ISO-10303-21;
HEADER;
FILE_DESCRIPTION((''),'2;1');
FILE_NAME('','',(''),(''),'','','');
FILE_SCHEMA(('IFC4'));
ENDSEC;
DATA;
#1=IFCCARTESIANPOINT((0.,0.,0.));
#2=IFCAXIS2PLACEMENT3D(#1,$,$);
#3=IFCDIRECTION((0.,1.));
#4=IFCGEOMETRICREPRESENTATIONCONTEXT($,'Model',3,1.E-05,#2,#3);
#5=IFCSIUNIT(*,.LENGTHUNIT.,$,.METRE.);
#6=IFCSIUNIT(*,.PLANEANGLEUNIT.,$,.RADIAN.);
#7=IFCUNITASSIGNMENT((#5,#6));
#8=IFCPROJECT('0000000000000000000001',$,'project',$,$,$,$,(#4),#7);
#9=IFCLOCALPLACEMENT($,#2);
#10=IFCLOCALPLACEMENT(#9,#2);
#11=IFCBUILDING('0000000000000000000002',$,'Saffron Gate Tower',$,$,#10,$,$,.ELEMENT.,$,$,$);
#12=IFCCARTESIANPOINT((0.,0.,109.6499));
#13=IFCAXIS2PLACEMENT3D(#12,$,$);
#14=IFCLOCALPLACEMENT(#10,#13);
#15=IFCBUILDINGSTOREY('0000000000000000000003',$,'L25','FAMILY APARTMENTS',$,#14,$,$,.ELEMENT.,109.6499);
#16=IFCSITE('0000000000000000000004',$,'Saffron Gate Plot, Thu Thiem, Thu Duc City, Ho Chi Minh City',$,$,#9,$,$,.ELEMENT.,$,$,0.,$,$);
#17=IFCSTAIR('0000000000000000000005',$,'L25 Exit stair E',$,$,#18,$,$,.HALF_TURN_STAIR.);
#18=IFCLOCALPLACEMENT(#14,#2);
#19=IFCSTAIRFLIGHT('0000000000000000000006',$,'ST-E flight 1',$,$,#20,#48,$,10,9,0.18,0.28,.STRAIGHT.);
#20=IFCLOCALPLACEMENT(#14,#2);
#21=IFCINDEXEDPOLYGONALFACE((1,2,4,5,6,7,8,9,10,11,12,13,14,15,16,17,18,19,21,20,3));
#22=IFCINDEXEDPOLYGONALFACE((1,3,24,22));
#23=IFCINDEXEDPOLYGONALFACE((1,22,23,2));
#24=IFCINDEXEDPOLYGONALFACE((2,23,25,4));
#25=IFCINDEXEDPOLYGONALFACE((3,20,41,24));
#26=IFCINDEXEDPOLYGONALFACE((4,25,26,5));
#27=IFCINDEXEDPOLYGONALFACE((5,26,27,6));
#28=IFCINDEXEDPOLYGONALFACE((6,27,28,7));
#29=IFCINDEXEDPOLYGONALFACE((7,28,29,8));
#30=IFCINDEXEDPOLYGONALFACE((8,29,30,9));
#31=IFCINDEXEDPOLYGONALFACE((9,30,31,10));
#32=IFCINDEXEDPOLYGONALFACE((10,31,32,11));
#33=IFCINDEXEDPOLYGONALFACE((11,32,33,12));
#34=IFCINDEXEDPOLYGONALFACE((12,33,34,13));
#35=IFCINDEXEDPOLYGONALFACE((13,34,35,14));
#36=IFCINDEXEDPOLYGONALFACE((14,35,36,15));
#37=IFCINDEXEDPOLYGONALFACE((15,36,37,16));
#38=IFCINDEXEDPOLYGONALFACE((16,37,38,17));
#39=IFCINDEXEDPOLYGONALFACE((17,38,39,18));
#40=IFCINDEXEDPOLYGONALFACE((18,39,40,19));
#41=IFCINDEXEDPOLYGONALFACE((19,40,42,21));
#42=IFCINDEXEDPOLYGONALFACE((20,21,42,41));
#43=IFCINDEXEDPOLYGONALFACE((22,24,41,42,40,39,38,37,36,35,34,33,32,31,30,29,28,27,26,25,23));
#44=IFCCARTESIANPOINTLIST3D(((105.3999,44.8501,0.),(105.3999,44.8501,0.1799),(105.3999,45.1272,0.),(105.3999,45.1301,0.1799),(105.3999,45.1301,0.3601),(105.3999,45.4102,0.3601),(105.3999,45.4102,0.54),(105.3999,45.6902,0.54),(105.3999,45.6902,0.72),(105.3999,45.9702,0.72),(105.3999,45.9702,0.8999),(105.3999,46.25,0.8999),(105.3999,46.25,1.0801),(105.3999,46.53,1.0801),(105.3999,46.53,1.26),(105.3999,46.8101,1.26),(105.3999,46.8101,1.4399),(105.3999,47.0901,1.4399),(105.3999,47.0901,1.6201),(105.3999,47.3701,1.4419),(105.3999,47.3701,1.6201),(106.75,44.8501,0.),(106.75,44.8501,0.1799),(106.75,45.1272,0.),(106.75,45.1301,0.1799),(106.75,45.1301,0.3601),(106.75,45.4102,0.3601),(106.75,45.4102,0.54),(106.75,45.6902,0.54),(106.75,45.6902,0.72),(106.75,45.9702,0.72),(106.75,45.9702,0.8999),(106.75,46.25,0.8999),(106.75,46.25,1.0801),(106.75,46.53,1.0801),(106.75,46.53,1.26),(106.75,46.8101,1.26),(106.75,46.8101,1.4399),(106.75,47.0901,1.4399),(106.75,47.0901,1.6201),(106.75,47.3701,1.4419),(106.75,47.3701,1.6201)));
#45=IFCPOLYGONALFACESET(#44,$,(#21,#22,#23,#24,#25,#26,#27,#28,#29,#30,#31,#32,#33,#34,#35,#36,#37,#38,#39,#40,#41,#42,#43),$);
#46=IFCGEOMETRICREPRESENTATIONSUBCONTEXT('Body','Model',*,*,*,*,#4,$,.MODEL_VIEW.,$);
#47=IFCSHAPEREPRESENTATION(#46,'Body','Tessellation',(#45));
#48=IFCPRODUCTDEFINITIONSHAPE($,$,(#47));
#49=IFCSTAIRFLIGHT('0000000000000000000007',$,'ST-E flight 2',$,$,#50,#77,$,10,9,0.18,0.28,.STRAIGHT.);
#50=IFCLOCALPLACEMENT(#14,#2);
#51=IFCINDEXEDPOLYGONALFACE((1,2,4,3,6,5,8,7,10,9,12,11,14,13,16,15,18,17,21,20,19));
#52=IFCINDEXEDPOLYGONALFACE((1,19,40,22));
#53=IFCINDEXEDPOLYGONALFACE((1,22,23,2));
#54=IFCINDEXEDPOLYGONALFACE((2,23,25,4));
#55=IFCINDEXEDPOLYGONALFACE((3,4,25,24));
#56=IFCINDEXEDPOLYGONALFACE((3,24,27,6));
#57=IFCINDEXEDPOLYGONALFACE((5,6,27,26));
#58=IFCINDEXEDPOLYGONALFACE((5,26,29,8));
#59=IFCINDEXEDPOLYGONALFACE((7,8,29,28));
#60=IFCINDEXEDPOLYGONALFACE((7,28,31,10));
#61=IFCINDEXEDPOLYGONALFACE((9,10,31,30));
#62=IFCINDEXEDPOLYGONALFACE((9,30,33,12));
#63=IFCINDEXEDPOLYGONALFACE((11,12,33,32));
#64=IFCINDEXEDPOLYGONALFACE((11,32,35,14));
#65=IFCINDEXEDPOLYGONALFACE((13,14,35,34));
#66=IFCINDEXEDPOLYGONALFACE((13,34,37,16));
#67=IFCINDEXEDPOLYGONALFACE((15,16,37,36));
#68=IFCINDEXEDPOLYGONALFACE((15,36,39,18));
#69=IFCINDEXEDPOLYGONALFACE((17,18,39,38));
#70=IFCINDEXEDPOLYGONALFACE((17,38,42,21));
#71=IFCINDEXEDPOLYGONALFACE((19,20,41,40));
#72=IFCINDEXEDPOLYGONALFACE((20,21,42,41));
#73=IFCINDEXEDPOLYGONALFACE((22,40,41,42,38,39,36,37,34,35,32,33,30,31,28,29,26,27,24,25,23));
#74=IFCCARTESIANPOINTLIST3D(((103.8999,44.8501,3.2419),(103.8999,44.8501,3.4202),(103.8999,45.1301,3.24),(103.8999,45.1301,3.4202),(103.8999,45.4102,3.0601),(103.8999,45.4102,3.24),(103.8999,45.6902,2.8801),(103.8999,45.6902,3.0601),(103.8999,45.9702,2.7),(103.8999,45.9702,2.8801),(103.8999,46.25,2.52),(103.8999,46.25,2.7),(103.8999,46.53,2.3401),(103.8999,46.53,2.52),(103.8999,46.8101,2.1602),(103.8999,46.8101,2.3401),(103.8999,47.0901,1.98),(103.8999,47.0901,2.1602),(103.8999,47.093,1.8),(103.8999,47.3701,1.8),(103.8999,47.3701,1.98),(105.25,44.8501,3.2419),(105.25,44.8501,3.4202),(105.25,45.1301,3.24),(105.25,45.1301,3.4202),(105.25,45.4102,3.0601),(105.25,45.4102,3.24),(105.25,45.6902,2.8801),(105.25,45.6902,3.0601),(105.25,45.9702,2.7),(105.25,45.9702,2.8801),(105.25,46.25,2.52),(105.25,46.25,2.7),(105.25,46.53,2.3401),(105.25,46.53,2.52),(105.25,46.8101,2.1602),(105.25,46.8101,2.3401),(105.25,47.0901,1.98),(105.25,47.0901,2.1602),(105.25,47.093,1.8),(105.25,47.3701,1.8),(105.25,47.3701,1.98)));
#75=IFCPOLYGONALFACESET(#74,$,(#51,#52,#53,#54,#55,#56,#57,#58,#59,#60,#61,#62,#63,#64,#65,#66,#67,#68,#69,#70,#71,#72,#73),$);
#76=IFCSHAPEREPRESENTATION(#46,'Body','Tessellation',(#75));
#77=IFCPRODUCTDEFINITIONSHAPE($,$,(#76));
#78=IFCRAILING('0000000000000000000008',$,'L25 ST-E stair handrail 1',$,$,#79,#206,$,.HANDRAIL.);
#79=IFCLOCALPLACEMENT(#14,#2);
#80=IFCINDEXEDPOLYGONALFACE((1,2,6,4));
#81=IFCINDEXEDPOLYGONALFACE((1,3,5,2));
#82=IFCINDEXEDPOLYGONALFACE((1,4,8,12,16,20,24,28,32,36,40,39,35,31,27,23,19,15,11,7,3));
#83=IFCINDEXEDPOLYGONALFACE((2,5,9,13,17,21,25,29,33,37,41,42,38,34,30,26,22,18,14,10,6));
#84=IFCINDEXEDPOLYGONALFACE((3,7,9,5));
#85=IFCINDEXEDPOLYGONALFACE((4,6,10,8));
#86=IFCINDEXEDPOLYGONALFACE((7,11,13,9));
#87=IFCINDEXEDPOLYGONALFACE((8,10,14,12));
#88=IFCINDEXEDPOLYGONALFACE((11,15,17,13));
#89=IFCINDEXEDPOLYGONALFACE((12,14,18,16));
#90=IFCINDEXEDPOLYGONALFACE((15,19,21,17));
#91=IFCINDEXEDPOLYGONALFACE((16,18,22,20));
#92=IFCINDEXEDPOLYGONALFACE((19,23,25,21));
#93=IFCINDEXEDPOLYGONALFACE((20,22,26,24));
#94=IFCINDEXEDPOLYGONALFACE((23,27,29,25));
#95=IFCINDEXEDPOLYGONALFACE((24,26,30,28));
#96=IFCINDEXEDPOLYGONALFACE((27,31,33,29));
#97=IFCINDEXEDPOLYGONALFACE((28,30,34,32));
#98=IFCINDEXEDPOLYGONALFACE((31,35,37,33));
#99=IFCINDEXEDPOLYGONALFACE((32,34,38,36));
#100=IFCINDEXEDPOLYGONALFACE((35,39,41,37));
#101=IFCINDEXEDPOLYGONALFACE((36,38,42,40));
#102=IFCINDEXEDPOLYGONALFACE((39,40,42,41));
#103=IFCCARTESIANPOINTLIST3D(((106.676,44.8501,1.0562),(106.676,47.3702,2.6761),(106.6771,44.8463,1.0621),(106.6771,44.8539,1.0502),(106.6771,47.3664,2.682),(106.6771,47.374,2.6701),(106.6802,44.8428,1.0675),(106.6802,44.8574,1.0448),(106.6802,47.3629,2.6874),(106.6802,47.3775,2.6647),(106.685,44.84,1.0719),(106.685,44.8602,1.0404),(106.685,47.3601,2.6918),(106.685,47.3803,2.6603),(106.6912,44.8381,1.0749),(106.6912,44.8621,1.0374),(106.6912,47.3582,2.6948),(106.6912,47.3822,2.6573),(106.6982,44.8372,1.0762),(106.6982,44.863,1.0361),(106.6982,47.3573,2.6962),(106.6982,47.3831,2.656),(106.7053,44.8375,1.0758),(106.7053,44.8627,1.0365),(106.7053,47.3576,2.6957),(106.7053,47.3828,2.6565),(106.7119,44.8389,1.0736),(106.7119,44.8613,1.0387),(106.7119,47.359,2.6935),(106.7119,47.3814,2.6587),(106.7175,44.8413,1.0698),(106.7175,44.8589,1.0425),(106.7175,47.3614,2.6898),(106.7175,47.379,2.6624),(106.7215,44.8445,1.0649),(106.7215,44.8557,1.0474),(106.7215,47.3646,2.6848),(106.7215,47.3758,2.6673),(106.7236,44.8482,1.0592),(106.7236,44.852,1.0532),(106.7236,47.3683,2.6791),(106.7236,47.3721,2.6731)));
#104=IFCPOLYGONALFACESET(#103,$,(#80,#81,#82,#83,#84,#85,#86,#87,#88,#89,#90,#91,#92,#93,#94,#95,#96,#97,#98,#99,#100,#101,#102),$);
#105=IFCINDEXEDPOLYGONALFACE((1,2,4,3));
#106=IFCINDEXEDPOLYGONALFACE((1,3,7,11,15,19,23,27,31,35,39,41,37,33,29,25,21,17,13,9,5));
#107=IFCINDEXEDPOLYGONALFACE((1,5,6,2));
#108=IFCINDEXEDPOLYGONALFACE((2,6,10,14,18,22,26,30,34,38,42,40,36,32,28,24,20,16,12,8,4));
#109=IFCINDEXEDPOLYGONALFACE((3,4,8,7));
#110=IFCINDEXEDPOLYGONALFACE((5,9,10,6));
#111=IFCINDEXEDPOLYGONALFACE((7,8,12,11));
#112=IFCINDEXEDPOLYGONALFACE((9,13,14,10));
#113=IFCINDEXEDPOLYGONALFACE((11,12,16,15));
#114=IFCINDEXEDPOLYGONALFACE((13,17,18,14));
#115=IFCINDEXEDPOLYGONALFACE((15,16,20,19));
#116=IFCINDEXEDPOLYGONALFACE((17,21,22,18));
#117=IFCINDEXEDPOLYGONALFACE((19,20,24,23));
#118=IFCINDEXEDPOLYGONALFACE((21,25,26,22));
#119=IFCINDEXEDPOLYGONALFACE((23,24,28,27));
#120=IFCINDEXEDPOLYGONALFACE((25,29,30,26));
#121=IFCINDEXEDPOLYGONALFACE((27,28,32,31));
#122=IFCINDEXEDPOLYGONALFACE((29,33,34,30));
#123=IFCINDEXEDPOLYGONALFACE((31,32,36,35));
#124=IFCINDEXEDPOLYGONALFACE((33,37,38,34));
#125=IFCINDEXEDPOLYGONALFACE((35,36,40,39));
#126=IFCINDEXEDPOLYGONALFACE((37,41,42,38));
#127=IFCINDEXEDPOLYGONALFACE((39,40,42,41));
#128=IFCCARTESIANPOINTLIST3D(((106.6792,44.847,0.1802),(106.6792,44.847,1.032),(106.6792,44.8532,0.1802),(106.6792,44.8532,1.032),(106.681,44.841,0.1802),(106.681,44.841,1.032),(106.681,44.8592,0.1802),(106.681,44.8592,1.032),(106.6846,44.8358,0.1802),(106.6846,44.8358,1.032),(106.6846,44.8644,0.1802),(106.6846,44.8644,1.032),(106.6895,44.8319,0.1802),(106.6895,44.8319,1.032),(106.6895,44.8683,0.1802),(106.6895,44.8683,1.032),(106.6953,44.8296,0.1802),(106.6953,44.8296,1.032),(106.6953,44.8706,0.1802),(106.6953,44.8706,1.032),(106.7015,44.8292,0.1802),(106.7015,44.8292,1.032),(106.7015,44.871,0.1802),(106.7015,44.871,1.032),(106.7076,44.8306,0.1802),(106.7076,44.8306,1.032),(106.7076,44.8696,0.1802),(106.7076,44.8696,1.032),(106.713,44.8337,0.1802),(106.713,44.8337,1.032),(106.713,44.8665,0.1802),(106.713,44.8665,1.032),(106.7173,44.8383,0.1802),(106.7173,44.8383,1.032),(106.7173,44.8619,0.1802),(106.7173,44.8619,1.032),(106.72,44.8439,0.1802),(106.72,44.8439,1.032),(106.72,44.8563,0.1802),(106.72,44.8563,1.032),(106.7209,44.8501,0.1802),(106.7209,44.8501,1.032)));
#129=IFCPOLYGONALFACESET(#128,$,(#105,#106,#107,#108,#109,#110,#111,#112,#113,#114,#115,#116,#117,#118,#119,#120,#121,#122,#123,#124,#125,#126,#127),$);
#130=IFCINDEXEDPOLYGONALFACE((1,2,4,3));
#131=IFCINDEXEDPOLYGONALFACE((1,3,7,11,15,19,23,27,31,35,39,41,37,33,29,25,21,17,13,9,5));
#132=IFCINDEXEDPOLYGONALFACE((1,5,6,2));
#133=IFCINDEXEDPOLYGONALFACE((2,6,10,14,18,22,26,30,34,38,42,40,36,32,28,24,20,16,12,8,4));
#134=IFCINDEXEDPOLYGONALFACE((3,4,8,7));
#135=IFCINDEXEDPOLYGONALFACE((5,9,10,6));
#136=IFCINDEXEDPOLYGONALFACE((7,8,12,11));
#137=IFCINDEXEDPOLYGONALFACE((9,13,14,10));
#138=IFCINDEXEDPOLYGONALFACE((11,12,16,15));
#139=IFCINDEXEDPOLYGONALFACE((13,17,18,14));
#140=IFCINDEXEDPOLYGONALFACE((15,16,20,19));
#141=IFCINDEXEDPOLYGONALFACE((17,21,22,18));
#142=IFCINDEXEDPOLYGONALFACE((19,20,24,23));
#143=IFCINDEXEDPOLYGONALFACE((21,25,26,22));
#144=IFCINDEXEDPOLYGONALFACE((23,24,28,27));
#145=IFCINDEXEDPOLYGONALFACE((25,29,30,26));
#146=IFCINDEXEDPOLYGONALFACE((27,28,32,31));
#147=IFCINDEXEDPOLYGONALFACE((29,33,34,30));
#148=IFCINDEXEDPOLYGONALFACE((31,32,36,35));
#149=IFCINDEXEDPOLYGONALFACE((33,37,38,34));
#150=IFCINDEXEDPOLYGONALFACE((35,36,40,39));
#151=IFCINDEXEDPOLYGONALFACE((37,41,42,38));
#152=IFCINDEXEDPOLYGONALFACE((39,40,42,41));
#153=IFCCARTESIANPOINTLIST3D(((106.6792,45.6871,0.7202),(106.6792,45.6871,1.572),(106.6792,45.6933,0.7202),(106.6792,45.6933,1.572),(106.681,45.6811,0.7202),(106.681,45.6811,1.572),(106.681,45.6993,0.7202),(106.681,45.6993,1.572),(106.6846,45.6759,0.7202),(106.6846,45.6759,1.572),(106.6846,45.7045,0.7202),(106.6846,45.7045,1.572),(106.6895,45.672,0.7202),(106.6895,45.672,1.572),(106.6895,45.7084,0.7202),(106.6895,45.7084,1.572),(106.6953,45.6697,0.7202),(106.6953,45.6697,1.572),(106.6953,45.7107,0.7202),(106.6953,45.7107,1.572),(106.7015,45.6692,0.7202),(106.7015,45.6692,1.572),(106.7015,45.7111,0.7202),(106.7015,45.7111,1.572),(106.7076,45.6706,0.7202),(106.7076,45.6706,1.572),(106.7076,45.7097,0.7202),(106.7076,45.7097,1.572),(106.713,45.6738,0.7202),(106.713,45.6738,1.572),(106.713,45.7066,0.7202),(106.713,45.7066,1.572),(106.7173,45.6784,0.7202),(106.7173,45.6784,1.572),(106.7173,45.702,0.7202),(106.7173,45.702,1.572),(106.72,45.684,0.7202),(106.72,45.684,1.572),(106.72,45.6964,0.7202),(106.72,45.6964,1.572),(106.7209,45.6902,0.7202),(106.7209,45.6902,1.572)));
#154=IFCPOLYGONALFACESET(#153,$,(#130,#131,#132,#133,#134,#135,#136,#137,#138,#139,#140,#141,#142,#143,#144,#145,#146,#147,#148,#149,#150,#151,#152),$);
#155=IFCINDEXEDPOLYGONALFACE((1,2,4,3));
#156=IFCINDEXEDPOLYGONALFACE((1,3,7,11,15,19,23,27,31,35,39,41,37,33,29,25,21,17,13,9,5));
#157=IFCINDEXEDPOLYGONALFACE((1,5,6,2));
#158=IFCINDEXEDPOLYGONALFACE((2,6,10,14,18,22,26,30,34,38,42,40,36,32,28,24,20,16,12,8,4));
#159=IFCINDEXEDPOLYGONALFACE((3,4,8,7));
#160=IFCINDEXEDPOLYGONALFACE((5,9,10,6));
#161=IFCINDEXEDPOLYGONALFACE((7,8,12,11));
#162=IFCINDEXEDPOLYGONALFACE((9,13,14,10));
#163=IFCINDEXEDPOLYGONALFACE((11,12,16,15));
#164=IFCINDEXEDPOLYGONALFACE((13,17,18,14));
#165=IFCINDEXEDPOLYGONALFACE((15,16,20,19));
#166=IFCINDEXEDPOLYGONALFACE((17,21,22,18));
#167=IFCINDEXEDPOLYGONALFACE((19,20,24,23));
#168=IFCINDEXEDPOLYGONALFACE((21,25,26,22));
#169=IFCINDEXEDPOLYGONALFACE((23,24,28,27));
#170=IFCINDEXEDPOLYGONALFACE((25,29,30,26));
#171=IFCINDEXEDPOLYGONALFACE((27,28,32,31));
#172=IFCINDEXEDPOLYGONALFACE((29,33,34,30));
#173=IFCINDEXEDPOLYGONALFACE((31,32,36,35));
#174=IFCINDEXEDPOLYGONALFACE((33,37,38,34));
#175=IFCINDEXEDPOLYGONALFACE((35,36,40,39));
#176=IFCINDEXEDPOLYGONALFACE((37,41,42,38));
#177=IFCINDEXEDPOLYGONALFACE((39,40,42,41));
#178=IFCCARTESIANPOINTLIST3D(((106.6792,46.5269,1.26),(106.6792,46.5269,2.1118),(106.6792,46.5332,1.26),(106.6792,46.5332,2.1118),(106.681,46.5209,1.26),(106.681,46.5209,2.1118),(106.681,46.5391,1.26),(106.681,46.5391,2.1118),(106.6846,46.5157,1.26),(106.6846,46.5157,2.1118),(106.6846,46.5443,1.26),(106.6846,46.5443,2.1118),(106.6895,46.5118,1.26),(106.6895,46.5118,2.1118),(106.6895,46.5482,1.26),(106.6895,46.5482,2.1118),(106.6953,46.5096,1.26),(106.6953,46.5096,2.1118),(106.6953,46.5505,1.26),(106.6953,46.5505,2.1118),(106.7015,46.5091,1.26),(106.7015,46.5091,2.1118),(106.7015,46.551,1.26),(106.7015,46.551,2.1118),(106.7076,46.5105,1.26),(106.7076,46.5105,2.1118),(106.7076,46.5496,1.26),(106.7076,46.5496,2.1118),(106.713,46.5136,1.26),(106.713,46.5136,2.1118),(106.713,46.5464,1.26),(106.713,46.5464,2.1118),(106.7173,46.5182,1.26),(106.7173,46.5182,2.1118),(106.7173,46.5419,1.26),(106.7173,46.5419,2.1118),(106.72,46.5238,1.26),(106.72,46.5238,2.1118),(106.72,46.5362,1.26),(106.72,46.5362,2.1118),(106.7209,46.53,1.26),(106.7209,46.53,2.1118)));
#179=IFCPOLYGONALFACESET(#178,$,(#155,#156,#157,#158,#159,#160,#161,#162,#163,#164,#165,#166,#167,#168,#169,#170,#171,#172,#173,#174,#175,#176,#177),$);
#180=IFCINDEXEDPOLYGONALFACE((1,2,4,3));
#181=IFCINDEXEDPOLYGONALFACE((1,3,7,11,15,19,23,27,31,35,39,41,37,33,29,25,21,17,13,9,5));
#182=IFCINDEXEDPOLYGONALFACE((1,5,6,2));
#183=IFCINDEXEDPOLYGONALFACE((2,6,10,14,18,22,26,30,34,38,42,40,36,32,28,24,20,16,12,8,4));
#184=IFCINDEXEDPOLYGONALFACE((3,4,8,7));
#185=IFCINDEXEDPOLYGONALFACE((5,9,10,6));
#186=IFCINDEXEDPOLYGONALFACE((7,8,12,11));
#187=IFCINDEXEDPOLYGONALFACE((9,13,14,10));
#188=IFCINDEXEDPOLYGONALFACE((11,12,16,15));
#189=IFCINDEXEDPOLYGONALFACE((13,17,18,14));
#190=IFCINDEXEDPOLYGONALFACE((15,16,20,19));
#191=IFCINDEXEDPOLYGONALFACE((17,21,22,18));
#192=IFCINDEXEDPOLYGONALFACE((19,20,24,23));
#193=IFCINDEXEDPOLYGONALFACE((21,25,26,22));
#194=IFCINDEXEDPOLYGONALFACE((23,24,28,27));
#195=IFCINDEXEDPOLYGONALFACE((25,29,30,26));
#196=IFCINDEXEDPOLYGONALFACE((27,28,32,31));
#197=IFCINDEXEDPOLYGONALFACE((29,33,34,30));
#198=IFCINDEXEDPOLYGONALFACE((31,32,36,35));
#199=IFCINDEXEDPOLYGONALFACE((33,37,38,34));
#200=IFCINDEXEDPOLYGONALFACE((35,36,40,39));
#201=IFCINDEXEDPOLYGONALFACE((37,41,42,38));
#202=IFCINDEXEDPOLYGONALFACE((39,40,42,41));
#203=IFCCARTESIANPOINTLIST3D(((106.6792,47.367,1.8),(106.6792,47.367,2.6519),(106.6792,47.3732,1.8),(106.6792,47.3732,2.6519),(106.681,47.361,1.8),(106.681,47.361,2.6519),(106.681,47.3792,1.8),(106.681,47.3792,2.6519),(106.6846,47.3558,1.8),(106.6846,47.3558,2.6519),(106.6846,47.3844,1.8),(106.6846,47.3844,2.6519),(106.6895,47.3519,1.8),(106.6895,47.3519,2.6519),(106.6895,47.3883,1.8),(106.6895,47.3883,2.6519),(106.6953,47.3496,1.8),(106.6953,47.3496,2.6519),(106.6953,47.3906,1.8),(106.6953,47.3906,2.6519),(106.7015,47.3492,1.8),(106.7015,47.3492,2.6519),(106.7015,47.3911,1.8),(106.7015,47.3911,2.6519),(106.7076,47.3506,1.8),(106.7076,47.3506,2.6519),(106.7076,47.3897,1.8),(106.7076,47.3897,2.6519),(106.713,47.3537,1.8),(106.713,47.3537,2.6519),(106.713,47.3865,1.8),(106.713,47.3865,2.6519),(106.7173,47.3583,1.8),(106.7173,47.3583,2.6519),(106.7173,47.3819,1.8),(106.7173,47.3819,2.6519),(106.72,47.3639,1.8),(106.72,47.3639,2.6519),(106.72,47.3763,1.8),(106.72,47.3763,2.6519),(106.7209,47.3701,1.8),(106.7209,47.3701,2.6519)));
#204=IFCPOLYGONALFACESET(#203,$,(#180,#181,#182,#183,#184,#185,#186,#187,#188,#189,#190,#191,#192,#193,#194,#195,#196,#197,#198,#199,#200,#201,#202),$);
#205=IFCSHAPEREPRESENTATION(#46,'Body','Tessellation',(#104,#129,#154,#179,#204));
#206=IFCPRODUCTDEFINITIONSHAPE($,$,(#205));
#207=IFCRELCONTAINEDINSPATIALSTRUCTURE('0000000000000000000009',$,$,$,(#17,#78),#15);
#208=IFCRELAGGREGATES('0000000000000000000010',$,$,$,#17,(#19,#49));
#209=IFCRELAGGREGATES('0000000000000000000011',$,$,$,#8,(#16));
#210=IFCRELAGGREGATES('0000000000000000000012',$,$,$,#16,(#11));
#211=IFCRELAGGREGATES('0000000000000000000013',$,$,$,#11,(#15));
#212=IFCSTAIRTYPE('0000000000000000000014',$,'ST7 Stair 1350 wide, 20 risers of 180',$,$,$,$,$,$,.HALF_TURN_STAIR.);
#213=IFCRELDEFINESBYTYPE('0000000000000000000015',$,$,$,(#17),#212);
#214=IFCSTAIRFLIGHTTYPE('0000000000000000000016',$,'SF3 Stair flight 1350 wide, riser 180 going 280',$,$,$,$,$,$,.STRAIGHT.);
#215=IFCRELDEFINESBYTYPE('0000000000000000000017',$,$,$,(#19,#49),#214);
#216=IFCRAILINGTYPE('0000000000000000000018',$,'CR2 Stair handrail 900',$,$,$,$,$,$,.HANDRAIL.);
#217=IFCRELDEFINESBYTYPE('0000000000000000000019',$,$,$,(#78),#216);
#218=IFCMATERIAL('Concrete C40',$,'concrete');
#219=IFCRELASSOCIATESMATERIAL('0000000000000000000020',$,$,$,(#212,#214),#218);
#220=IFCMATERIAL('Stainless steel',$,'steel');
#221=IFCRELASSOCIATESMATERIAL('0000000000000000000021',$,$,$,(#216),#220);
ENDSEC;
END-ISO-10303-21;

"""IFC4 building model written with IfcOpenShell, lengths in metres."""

from ifc_helpers import new_model, si_unit, direction, frame, origin, origin_2d, place, context, subcontext, project, spatial, polyline, circle, outline, extrude, material, type_object, element, aggregate, save


model = new_model("IFC4")

# Units and contexts
model_context = context("Model", 3, precision=1e-05, world=origin(), true_north=direction((0.0, 1.0)))
body_context = subcontext(model_context, "Body", "Model", "MODEL_VIEW")
ifc_project = project(units=[si_unit("LENGTHUNIT", "METRE"), si_unit("PLANEANGLEUNIT", "RADIAN")], contexts=[model_context])

# Site, building, storey
site_placement = place(None, origin())
site = spatial("IfcSite", under=ifc_project, at=site_placement, Name="Saffron Gate Plot, Thu Thiem, Thu Duc City, Ho Chi Minh City", CompositionType="ELEMENT", RefElevation=0.0)
building_placement = place(site_placement, origin())
building = spatial("IfcBuilding", under=site, at=building_placement, Name="Saffron Gate Tower", CompositionType="ELEMENT")
storey_placement = place(building_placement, frame((0.0, 0.0, 109.6499)))
storey = spatial("IfcBuildingStorey", under=building, at=storey_placement, Name="L25", Description="FAMILY APARTMENTS", CompositionType="ELEMENT", Elevation=109.6499)

# Stair, stair flights
ifc_material_1 = material(Name="Concrete C40", Category="concrete")
stair_type = type_object("IfcStairType", Name="ST7 Stair 1350 wide, 20 risers of 180", PredefinedType="HALF_TURN_STAIR", material=ifc_material_1)
stair_placement = place(storey_placement, origin())
stair = element("IfcStair", 1, at=stair_placement, inside=storey, type_object=stair_type, Name="L25 Exit stair E", PredefinedType="HALF_TURN_STAIR")
stair_flight_type = type_object("IfcStairFlightType", Name="SF3 Stair flight 1350 wide, riser 180 going 280", PredefinedType="STRAIGHT", material=ifc_material_1)
stair_flight_1_placement = place(storey_placement, frame((106.075, 44.8501, 0.0), z_axis=(0.0, 0.0, 1.0), x_axis=(0.0, 1.0, 0.0)))
stair_flight_1 = element("IfcStairFlight", 2, at=stair_flight_1_placement, type_object=stair_flight_type, Name="ST-E flight 1", NumberOfRisers=10, NumberOfTreads=9, PredefinedType="STRAIGHT", RiserHeight=0.18, TreadLength=0.28, context=body_context, shape_type="SweptSolid", body=[
    extrude(outline(polyline([(0.0, 0.0), (0.0, 0.1799), (0.28, 0.1799), (0.28, 0.3601), (0.5601, 0.3601), (0.5601, 0.54), (0.8401, 0.54), (0.8401, 0.72), (1.1201, 0.72), (1.1201, 0.8999), (1.3999, 0.8999), (1.3999, 1.0801), (1.6799, 1.0801), (1.6799, 1.26), (1.96, 1.26), (1.96, 1.4399), (2.24, 1.4399), (2.24, 1.6201), (2.52, 1.6201), (2.52, 1.8), (2.52, 1.4419), (0.2771, 0.0), (0.0, 0.0)])), frame((0.0, 0.675, 0.0), z_axis=(0.0, -1.0, 0.0), x_axis=(1.0, 0.0, 0.0)), (0.0, 0.0, 1.0), 1.3501),
])
stair_flight_2_placement = place(storey_placement, frame((104.575, 47.3701, 1.8), z_axis=(0.0, 0.0, 1.0), x_axis=(0.0, -1.0, 0.0)))
stair_flight_2 = element("IfcStairFlight", 3, at=stair_flight_2_placement, type_object=stair_flight_type, Name="ST-E flight 2", NumberOfRisers=10, NumberOfTreads=9, PredefinedType="STRAIGHT", RiserHeight=0.18, TreadLength=0.28, context=body_context, shape_type="SweptSolid", body=[
    extrude(outline(polyline([(0.0, 0.0), (0.0, 0.1799), (0.28, 0.1799), (0.28, 0.3601), (0.5601, 0.3601), (0.5601, 0.54), (0.8401, 0.54), (0.8401, 0.72), (1.1201, 0.72), (1.1201, 0.8999), (1.3999, 0.8999), (1.3999, 1.0801), (1.6799, 1.0801), (1.6799, 1.26), (1.96, 1.26), (1.96, 1.4399), (2.24, 1.4399), (2.24, 1.6201), (2.52, 1.6201), (2.52, 1.8), (2.52, 1.4419), (0.2771, 0.0), (0.0, 0.0)])), frame((0.0, 0.675, 0.0), z_axis=(0.0, -1.0, 0.0), x_axis=(1.0, 0.0, 0.0)), (0.0, 0.0, 1.0), 1.3501),
])
aggregate(stair, [stair_flight_1, stair_flight_2])

# Railing
ifc_material_2 = material(Name="Stainless steel", Category="steel")
railing_type_1 = type_object("IfcRailingType", Name="CR2 Stair handrail 900", PredefinedType="HANDRAIL", material=ifc_material_2)
railing_1_placement = place(storey_placement, frame((106.7, 44.8501, 0.1802)))
element("IfcRailing", 4, at=railing_1_placement, inside=storey, type_object=railing_type_1, Name="L25 ST-E stair handrail 1", PredefinedType="HANDRAIL", context=body_context, shape_type="SweptSolid", body=[
    extrude(circle(Radius=0.0239, at=origin_2d()), frame((0.0, 0.0, 0.876), z_axis=(0.0, 0.8412, 0.540725), x_axis=(-1.0, 0.0, 0.0)), (0.0, 0.0, 1.0), 2.9958),
    extrude(circle(Radius=0.021, at=origin_2d()), origin(), (0.0, 0.0, 1.0), 0.8518),
    extrude(circle(Radius=0.021, at=origin_2d()), frame((0.0, 0.8401, 0.54)), (0.0, 0.0, 1.0), 0.8518),
    extrude(circle(Radius=0.021, at=origin_2d()), frame((0.0, 1.6799, 1.0798)), (0.0, 0.0, 1.0), 0.8518),
    extrude(circle(Radius=0.021, at=origin_2d()), frame((0.0, 2.52, 1.6199)), (0.0, 0.0, 1.0), 0.8518),
])

save(model, "model.ifc")
